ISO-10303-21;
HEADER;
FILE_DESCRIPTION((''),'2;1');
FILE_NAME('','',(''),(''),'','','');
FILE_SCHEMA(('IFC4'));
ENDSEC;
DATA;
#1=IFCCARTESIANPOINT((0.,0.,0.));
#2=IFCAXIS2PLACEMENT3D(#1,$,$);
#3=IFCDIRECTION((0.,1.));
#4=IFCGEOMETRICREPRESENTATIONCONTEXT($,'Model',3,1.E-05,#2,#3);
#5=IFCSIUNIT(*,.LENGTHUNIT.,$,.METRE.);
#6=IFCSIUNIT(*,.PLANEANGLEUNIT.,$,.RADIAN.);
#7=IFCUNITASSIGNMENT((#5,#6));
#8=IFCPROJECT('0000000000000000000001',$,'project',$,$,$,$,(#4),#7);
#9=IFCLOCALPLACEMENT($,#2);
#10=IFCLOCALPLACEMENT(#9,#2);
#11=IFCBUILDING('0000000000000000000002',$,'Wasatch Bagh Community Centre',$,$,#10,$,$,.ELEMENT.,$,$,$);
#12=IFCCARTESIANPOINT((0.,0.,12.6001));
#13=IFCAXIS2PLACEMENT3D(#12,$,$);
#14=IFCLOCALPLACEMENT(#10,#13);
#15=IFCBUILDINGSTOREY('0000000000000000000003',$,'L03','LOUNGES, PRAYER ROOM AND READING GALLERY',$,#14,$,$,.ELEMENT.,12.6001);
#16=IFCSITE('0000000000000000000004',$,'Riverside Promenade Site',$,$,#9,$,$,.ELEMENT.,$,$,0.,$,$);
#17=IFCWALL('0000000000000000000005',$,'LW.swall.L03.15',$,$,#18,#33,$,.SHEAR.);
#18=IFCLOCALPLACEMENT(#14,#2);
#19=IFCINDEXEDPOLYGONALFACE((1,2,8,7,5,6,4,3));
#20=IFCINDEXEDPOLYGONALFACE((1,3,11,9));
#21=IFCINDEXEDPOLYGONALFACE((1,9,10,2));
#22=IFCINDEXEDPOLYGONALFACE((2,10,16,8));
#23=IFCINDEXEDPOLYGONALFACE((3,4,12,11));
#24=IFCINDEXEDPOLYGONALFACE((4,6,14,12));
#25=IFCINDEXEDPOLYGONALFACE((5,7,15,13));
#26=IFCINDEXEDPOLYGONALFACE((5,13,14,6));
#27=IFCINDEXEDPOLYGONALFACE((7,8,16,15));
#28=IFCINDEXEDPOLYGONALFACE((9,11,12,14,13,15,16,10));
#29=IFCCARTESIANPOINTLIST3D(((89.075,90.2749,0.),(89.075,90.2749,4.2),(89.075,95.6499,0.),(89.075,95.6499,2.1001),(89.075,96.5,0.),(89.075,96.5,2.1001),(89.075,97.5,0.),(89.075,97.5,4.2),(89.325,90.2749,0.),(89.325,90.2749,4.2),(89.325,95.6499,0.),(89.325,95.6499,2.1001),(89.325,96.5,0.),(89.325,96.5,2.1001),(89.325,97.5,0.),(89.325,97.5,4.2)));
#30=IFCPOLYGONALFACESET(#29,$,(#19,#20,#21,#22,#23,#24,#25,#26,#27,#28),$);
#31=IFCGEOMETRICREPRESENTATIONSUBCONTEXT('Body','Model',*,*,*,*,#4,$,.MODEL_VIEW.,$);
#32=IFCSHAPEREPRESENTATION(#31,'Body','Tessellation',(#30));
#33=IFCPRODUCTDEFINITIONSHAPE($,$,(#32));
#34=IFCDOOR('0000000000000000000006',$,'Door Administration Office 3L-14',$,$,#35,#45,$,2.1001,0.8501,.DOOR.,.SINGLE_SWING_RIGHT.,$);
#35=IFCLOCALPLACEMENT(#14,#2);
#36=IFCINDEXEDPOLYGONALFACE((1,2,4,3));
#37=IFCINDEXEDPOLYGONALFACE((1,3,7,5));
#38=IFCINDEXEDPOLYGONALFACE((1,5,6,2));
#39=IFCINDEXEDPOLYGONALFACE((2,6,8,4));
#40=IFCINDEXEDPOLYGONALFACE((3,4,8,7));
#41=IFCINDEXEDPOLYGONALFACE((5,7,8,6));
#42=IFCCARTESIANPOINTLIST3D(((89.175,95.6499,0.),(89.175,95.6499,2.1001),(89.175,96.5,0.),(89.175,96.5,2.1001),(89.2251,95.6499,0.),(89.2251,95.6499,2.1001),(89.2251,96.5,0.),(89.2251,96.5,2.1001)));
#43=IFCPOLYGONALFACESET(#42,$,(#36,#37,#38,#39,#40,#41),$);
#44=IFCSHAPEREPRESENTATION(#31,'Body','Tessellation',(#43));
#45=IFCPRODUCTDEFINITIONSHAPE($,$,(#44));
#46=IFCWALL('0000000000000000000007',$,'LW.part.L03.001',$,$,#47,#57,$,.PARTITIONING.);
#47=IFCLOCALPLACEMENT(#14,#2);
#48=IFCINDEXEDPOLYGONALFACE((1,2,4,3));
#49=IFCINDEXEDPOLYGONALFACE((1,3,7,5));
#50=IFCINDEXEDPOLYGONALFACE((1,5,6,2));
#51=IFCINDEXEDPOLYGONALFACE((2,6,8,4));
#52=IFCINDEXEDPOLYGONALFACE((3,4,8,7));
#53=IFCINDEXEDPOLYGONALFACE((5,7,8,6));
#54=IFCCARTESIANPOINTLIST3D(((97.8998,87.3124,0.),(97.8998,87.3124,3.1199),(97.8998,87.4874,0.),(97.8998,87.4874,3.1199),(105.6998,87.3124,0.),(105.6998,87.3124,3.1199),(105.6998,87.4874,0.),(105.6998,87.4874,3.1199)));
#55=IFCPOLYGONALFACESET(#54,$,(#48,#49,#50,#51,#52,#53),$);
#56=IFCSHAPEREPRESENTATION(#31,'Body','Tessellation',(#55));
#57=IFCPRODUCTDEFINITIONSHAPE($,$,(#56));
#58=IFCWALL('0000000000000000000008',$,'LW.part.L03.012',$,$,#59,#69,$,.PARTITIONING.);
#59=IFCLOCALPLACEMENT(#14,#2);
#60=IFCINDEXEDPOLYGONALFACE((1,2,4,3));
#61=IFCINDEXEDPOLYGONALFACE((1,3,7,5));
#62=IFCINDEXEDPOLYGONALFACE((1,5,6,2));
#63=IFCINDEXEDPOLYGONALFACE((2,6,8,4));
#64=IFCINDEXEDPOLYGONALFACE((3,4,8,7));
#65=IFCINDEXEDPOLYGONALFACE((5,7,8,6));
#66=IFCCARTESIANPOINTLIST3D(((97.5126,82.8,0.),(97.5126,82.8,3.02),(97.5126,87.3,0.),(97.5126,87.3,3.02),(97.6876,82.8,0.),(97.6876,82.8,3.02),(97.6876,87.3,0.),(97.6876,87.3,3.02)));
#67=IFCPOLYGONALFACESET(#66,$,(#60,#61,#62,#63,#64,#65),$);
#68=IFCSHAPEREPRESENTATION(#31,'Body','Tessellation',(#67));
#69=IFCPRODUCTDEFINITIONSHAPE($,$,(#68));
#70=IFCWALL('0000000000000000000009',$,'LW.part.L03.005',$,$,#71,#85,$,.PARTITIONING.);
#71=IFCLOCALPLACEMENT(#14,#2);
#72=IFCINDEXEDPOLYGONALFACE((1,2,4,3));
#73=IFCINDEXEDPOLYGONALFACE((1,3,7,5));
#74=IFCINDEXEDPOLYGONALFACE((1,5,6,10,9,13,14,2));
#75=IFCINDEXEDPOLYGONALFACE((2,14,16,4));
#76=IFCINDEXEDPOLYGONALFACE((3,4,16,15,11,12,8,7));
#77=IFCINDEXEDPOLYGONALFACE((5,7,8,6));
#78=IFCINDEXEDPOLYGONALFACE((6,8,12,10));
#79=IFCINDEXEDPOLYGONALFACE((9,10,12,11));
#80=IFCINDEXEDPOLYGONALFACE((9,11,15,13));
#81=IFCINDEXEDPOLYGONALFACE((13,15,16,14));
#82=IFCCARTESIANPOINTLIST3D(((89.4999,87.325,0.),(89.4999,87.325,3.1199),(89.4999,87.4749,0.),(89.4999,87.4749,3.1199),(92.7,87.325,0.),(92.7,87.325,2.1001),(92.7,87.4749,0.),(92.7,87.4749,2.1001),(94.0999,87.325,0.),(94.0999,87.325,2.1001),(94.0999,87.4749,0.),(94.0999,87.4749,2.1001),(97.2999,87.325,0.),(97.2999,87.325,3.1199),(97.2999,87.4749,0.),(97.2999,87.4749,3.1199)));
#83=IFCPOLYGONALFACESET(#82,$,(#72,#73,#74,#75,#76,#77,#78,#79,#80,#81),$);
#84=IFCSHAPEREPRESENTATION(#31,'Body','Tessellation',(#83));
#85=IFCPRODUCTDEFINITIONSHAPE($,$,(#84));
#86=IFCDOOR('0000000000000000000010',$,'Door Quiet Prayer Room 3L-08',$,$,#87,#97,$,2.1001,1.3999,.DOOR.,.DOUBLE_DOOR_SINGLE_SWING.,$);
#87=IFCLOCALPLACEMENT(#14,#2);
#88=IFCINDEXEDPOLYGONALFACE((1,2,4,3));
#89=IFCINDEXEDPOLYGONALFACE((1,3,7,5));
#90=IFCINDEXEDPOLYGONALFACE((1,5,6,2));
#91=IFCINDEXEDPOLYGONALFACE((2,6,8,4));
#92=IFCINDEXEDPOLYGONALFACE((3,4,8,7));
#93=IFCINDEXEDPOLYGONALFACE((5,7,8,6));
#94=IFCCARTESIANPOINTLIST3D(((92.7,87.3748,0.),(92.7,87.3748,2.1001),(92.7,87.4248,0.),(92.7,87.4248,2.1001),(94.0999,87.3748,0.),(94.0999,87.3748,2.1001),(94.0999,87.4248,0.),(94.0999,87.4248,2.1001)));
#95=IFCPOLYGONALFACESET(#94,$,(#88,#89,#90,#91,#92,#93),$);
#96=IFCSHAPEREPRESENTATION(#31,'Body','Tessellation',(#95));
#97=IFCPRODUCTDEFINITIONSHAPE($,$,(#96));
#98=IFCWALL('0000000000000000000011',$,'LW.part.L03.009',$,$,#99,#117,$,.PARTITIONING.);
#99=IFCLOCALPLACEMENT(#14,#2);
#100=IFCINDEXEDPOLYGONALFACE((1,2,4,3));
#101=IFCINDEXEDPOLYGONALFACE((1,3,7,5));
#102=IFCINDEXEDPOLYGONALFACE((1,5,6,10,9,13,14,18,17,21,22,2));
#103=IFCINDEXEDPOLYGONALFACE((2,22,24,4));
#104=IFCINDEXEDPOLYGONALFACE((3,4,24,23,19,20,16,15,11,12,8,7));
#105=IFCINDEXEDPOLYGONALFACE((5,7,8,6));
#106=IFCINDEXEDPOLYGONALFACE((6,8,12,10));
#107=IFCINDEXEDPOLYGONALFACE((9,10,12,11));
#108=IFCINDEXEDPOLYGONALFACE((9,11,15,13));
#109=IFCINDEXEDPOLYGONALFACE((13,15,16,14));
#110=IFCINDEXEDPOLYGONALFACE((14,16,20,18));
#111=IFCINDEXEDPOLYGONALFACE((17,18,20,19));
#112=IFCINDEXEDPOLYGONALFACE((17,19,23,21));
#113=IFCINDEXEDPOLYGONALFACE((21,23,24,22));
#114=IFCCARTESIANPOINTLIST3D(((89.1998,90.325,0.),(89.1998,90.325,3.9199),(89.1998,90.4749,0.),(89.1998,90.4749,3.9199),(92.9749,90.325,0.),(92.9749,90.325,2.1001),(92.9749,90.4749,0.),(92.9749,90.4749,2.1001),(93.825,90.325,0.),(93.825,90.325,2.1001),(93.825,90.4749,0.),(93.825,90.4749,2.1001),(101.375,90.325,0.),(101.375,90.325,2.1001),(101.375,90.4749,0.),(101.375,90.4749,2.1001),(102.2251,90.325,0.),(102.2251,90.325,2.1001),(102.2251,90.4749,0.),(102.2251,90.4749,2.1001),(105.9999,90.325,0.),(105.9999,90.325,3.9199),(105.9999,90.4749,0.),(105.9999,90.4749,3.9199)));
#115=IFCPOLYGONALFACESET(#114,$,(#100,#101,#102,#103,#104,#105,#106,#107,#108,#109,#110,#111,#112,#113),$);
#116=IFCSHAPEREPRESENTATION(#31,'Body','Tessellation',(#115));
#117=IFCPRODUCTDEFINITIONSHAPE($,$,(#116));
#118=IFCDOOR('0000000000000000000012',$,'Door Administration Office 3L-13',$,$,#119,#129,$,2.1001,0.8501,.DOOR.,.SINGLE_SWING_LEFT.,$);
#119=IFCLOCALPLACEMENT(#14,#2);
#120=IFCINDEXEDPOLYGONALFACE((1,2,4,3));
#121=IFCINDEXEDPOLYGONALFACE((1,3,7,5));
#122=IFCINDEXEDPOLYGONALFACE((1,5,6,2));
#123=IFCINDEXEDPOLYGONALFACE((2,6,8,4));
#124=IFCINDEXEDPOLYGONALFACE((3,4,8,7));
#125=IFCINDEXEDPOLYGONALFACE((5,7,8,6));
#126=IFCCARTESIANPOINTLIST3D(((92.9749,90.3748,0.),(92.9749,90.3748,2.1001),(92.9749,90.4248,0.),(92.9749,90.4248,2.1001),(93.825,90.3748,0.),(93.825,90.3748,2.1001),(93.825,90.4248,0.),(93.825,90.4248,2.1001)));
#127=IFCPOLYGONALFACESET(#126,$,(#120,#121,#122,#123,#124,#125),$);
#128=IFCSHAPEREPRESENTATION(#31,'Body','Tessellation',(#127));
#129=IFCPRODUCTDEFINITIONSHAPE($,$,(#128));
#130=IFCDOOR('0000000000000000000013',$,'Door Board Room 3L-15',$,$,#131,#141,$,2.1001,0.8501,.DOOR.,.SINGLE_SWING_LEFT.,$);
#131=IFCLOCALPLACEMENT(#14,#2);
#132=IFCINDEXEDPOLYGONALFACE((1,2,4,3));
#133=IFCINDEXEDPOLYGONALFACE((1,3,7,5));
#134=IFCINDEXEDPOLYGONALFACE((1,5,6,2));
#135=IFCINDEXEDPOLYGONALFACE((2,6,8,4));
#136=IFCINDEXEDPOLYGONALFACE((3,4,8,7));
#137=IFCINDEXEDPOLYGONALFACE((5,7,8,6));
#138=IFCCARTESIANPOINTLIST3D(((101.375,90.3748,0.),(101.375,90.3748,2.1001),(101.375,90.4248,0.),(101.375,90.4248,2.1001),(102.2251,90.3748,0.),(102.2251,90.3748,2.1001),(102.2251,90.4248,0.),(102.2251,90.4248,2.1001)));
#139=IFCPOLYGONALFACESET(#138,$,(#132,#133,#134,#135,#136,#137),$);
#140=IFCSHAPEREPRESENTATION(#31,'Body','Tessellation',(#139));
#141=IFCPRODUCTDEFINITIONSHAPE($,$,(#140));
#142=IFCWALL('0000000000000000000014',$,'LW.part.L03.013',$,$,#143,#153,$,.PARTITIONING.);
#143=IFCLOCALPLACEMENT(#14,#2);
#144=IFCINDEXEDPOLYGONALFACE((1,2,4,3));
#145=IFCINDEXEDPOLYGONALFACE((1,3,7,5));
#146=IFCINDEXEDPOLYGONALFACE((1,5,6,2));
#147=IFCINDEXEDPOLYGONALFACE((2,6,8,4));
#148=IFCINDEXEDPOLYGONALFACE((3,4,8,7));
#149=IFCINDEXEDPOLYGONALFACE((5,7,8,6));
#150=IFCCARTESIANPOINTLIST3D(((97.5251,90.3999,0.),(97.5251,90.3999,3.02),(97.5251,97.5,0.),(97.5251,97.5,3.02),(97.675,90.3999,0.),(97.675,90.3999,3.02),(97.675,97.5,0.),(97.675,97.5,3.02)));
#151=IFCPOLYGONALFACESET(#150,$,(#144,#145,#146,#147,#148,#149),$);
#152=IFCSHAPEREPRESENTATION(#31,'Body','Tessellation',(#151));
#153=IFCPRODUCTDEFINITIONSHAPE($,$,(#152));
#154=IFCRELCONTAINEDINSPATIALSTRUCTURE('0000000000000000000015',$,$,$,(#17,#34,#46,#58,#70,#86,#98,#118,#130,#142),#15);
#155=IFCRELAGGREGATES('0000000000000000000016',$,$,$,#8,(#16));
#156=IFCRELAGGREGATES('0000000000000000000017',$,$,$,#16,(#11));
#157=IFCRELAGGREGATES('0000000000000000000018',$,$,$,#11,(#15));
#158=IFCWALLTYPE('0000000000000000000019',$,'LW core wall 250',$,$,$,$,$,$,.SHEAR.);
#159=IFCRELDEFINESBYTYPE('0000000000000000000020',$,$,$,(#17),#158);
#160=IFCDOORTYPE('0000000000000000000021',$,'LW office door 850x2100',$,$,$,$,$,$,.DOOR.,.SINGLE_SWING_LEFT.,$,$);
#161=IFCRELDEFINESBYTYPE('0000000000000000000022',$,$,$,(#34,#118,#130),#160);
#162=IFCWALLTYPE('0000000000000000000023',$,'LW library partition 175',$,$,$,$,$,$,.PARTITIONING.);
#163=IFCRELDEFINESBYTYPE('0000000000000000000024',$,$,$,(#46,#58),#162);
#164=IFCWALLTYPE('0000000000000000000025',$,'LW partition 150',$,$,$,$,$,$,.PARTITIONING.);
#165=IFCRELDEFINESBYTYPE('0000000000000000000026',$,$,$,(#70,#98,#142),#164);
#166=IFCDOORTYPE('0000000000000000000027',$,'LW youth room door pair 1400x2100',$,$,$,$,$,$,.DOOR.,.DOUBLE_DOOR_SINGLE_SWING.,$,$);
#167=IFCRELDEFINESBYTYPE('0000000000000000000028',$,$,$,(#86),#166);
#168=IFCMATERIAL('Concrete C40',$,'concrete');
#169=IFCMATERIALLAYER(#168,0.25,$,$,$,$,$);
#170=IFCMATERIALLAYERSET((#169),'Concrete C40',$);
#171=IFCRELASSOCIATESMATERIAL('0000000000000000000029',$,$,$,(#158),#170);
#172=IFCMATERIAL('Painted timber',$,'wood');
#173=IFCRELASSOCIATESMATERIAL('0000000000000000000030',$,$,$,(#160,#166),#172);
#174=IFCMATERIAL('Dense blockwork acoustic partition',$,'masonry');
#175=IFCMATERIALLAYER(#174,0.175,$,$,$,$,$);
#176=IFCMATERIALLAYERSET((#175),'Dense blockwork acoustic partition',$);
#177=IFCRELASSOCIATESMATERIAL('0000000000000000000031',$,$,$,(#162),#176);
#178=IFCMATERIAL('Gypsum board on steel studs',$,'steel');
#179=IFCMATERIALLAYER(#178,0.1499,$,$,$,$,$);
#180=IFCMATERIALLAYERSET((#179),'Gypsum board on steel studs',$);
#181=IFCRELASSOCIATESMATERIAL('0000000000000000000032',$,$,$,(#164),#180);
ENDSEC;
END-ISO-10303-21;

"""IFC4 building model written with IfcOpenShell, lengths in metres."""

from ifc_helpers import new_model, si_unit, direction, frame, frame_2d, origin, place, context, subcontext, project, spatial, rectangle, extrude, material, layer, layer_set, type_object, element, fill, save


model = new_model("IFC4")

# Units and contexts
model_context = context("Model", 3, precision=1e-05, world=origin(), true_north=direction((0.0, 1.0)))
body_context = subcontext(model_context, "Body", "Model", "MODEL_VIEW")
ifc_project = project(units=[si_unit("LENGTHUNIT", "METRE"), si_unit("PLANEANGLEUNIT", "RADIAN")], contexts=[model_context])

# Site, building, storey
site_placement = place(None, origin())
site = spatial("IfcSite", under=ifc_project, at=site_placement, Name="Riverside Promenade Site", CompositionType="ELEMENT", RefElevation=0.0)
building_placement = place(site_placement, origin())
building = spatial("IfcBuilding", under=site, at=building_placement, Name="Wasatch Bagh Community Centre", CompositionType="ELEMENT")
storey_placement = place(building_placement, frame((0.0, 0.0, 12.6001)))
storey = spatial("IfcBuildingStorey", under=building, at=storey_placement, Name="L03", Description="LOUNGES, PRAYER ROOM AND READING GALLERY", CompositionType="ELEMENT", Elevation=12.6001)

# Shared definitions
ifc_material_1 = material(Name="Concrete C40", Category="concrete")

# Wall, opening, door
ifc_layer_1 = layer(ifc_material_1, 0.25)
ifc_layer_set_1 = layer_set([ifc_layer_1], Name="Concrete C40")
wall_type_1 = type_object("IfcWallType", Name="LW core wall 250", PredefinedType="SHEAR", material=ifc_layer_set_1)
wall_1_placement = place(storey_placement, frame((89.2, 90.2749, 0.0), z_axis=(0.0, 0.0, 1.0), x_axis=(0.0, 1.0, 0.0)))
wall_1 = element("IfcWall", 1, at=wall_1_placement, inside=storey, type_object=wall_type_1, Name="LW.swall.L03.15", PredefinedType="SHEAR", context=body_context, shape_type="SweptSolid", body=[
    extrude(rectangle(XDim=7.2251, YDim=0.25, at=frame_2d((3.6125, 0.0))), origin(), (0.0, 0.0, 1.0), 4.2),
])
opening_1_placement = place(wall_1_placement, frame((5.375, 0.0, 0.0)))
opening_1 = element("IfcOpeningElement", 2, at=opening_1_placement, cuts=wall_1, PredefinedType="OPENING", context=body_context, shape_type="SweptSolid", body=[
    extrude(rectangle(XDim=0.8501, YDim=2.1001, at=frame_2d((0.425, 1.05))), frame((0.0, 0.135, 0.0), z_axis=(0.0, -1.0, 0.0), x_axis=(1.0, 0.0, 0.0)), (0.0, 0.0, 1.0), 0.27),
])
ifc_material_2 = material(Name="Painted timber", Category="wood")
door_type_1 = type_object("IfcDoorType", Name="LW office door 850x2100", OperationType="SINGLE_SWING_LEFT", PredefinedType="DOOR", material=ifc_material_2)
door_1_placement = place(opening_1_placement, origin())
door_1 = element("IfcDoor", 3, at=door_1_placement, inside=storey, type_object=door_type_1, Name="Door Administration Office 3L-14", OperationType="SINGLE_SWING_RIGHT", OverallHeight=2.1001, OverallWidth=0.8501, PredefinedType="DOOR", context=body_context, shape_type="SweptSolid", body=[
    extrude(rectangle(XDim=0.8501, YDim=2.1001, at=frame_2d((0.425, 1.05))), frame((0.0, 0.0249, 0.0), z_axis=(0.0, -1.0, 0.0), x_axis=(1.0, 0.0, 0.0)), (0.0, 0.0, 1.0), 0.05),
])
fill(opening_1, door_1)

# Walls
ifc_material_3 = material(Name="Dense blockwork acoustic partition", Category="masonry")
ifc_layer_2 = layer(ifc_material_3, 0.175)
ifc_layer_set_2 = layer_set([ifc_layer_2], Name="Dense blockwork acoustic partition")
wall_type_2 = type_object("IfcWallType", Name="LW library partition 175", PredefinedType="PARTITIONING", material=ifc_layer_set_2)
wall_2_placement = place(storey_placement, frame((97.8999, 87.3999, 0.0), z_axis=(0.0, 0.0, 1.0), x_axis=(1.0, 0.0, 0.0)))
element("IfcWall", 4, at=wall_2_placement, inside=storey, type_object=wall_type_2, Name="LW.part.L03.001", PredefinedType="PARTITIONING", context=body_context, shape_type="SweptSolid", body=[
    extrude(rectangle(XDim=7.8, YDim=0.175, at=frame_2d((3.8999, 0.0))), origin(), (0.0, 0.0, 1.0), 3.1199),
])
wall_3_placement = place(storey_placement, frame((97.6001, 82.8, 0.0), z_axis=(0.0, 0.0, 1.0), x_axis=(0.0, 1.0, 0.0)))
element("IfcWall", 5, at=wall_3_placement, inside=storey, type_object=wall_type_2, Name="LW.part.L03.012", PredefinedType="PARTITIONING", context=body_context, shape_type="SweptSolid", body=[
    extrude(rectangle(XDim=4.5, YDim=0.175, at=frame_2d((2.25, 0.0))), origin(), (0.0, 0.0, 1.0), 3.02),
])

# Wall, opening, door
ifc_material_4 = material(Name="Gypsum board on steel studs", Category="steel")
ifc_layer_3 = layer(ifc_material_4, 0.1499)
ifc_layer_set_3 = layer_set([ifc_layer_3], Name="Gypsum board on steel studs")
wall_type_3 = type_object("IfcWallType", Name="LW partition 150", PredefinedType="PARTITIONING", material=ifc_layer_set_3)
wall_4_placement = place(storey_placement, frame((89.5, 87.3999, 0.0), z_axis=(0.0, 0.0, 1.0), x_axis=(1.0, 0.0, 0.0)))
wall_4 = element("IfcWall", 6, at=wall_4_placement, inside=storey, type_object=wall_type_3, Name="LW.part.L03.005", PredefinedType="PARTITIONING", context=body_context, shape_type="SweptSolid", body=[
    extrude(rectangle(XDim=7.8, YDim=0.1499, at=frame_2d((3.8999, 0.0))), origin(), (0.0, 0.0, 1.0), 3.1199),
])
opening_2_placement = place(wall_4_placement, frame((3.2, 0.0, 0.0)))
opening_2 = element("IfcOpeningElement", 7, at=opening_2_placement, cuts=wall_4, PredefinedType="OPENING", context=body_context, shape_type="SweptSolid", body=[
    extrude(rectangle(XDim=1.3999, YDim=2.1001, at=frame_2d((0.7, 1.05))), frame((0.0, 0.085, 0.0), z_axis=(0.0, -1.0, 0.0), x_axis=(1.0, 0.0, 0.0)), (0.0, 0.0, 1.0), 0.1699),
])
door_type_2 = type_object("IfcDoorType", Name="LW youth room door pair 1400x2100", OperationType="DOUBLE_DOOR_SINGLE_SWING", PredefinedType="DOOR", material=ifc_material_2)
door_2_placement = place(opening_2_placement, origin())
door_2 = element("IfcDoor", 8, at=door_2_placement, inside=storey, type_object=door_type_2, Name="Door Quiet Prayer Room 3L-08", OperationType="DOUBLE_DOOR_SINGLE_SWING", OverallHeight=2.1001, OverallWidth=1.3999, PredefinedType="DOOR", context=body_context, shape_type="SweptSolid", body=[
    extrude(rectangle(XDim=1.3999, YDim=2.1001, at=frame_2d((0.7, 1.05))), frame((0.0, 0.0249, 0.0), z_axis=(0.0, -1.0, 0.0), x_axis=(1.0, 0.0, 0.0)), (0.0, 0.0, 1.0), 0.05),
])
fill(opening_2, door_2)

# Wall, openings, doors
wall_5_placement = place(storey_placement, frame((89.2, 90.3999, 0.0), z_axis=(0.0, 0.0, 1.0), x_axis=(1.0, 0.0, 0.0)))
wall_5 = element("IfcWall", 9, at=wall_5_placement, inside=storey, type_object=wall_type_3, Name="LW.part.L03.009", PredefinedType="PARTITIONING", context=body_context, shape_type="SweptSolid", body=[
    extrude(rectangle(XDim=16.8, YDim=0.1499, at=frame_2d((8.3999, 0.0))), origin(), (0.0, 0.0, 1.0), 3.9199),
])
opening_3_placement = place(wall_5_placement, frame((3.7749, 0.0, 0.0)))
opening_3 = element("IfcOpeningElement", 10, at=opening_3_placement, cuts=wall_5, PredefinedType="OPENING", context=body_context, shape_type="SweptSolid", body=[
    extrude(rectangle(XDim=0.8501, YDim=2.1001, at=frame_2d((0.425, 1.05))), frame((0.0, 0.085, 0.0), z_axis=(0.0, -1.0, 0.0), x_axis=(1.0, 0.0, 0.0)), (0.0, 0.0, 1.0), 0.1699),
])
opening_4_placement = place(wall_5_placement, frame((12.175, 0.0, 0.0)))
opening_4 = element("IfcOpeningElement", 11, at=opening_4_placement, cuts=wall_5, PredefinedType="OPENING", context=body_context, shape_type="SweptSolid", body=[
    extrude(rectangle(XDim=0.8501, YDim=2.1001, at=frame_2d((0.425, 1.05))), frame((0.0, 0.085, 0.0), z_axis=(0.0, -1.0, 0.0), x_axis=(1.0, 0.0, 0.0)), (0.0, 0.0, 1.0), 0.1699),
])
door_3_placement = place(opening_3_placement, origin())
door_3 = element("IfcDoor", 12, at=door_3_placement, inside=storey, type_object=door_type_1, Name="Door Administration Office 3L-13", OperationType="SINGLE_SWING_LEFT", OverallHeight=2.1001, OverallWidth=0.8501, PredefinedType="DOOR", context=body_context, shape_type="SweptSolid", body=[
    extrude(rectangle(XDim=0.8501, YDim=2.1001, at=frame_2d((0.425, 1.05))), frame((0.0, 0.0249, 0.0), z_axis=(0.0, -1.0, 0.0), x_axis=(1.0, 0.0, 0.0)), (0.0, 0.0, 1.0), 0.05),
])
fill(opening_3, door_3)
door_4_placement = place(opening_4_placement, origin())
door_4 = element("IfcDoor", 13, at=door_4_placement, inside=storey, type_object=door_type_1, Name="Door Board Room 3L-15", OperationType="SINGLE_SWING_LEFT", OverallHeight=2.1001, OverallWidth=0.8501, PredefinedType="DOOR", context=body_context, shape_type="SweptSolid", body=[
    extrude(rectangle(XDim=0.8501, YDim=2.1001, at=frame_2d((0.425, 1.05))), frame((0.0, 0.0249, 0.0), z_axis=(0.0, -1.0, 0.0), x_axis=(1.0, 0.0, 0.0)), (0.0, 0.0, 1.0), 0.05),
])
fill(opening_4, door_4)

# Wall
wall_6_placement = place(storey_placement, frame((97.6001, 90.3999, 0.0), z_axis=(0.0, 0.0, 1.0), x_axis=(0.0, 1.0, 0.0)))
element("IfcWall", 14, at=wall_6_placement, inside=storey, type_object=wall_type_3, Name="LW.part.L03.013", PredefinedType="PARTITIONING", context=body_context, shape_type="SweptSolid", body=[
    extrude(rectangle(XDim=7.1001, YDim=0.1499, at=frame_2d((3.55, 0.0))), origin(), (0.0, 0.0, 1.0), 3.02),
])

save(model, "model.ifc")
